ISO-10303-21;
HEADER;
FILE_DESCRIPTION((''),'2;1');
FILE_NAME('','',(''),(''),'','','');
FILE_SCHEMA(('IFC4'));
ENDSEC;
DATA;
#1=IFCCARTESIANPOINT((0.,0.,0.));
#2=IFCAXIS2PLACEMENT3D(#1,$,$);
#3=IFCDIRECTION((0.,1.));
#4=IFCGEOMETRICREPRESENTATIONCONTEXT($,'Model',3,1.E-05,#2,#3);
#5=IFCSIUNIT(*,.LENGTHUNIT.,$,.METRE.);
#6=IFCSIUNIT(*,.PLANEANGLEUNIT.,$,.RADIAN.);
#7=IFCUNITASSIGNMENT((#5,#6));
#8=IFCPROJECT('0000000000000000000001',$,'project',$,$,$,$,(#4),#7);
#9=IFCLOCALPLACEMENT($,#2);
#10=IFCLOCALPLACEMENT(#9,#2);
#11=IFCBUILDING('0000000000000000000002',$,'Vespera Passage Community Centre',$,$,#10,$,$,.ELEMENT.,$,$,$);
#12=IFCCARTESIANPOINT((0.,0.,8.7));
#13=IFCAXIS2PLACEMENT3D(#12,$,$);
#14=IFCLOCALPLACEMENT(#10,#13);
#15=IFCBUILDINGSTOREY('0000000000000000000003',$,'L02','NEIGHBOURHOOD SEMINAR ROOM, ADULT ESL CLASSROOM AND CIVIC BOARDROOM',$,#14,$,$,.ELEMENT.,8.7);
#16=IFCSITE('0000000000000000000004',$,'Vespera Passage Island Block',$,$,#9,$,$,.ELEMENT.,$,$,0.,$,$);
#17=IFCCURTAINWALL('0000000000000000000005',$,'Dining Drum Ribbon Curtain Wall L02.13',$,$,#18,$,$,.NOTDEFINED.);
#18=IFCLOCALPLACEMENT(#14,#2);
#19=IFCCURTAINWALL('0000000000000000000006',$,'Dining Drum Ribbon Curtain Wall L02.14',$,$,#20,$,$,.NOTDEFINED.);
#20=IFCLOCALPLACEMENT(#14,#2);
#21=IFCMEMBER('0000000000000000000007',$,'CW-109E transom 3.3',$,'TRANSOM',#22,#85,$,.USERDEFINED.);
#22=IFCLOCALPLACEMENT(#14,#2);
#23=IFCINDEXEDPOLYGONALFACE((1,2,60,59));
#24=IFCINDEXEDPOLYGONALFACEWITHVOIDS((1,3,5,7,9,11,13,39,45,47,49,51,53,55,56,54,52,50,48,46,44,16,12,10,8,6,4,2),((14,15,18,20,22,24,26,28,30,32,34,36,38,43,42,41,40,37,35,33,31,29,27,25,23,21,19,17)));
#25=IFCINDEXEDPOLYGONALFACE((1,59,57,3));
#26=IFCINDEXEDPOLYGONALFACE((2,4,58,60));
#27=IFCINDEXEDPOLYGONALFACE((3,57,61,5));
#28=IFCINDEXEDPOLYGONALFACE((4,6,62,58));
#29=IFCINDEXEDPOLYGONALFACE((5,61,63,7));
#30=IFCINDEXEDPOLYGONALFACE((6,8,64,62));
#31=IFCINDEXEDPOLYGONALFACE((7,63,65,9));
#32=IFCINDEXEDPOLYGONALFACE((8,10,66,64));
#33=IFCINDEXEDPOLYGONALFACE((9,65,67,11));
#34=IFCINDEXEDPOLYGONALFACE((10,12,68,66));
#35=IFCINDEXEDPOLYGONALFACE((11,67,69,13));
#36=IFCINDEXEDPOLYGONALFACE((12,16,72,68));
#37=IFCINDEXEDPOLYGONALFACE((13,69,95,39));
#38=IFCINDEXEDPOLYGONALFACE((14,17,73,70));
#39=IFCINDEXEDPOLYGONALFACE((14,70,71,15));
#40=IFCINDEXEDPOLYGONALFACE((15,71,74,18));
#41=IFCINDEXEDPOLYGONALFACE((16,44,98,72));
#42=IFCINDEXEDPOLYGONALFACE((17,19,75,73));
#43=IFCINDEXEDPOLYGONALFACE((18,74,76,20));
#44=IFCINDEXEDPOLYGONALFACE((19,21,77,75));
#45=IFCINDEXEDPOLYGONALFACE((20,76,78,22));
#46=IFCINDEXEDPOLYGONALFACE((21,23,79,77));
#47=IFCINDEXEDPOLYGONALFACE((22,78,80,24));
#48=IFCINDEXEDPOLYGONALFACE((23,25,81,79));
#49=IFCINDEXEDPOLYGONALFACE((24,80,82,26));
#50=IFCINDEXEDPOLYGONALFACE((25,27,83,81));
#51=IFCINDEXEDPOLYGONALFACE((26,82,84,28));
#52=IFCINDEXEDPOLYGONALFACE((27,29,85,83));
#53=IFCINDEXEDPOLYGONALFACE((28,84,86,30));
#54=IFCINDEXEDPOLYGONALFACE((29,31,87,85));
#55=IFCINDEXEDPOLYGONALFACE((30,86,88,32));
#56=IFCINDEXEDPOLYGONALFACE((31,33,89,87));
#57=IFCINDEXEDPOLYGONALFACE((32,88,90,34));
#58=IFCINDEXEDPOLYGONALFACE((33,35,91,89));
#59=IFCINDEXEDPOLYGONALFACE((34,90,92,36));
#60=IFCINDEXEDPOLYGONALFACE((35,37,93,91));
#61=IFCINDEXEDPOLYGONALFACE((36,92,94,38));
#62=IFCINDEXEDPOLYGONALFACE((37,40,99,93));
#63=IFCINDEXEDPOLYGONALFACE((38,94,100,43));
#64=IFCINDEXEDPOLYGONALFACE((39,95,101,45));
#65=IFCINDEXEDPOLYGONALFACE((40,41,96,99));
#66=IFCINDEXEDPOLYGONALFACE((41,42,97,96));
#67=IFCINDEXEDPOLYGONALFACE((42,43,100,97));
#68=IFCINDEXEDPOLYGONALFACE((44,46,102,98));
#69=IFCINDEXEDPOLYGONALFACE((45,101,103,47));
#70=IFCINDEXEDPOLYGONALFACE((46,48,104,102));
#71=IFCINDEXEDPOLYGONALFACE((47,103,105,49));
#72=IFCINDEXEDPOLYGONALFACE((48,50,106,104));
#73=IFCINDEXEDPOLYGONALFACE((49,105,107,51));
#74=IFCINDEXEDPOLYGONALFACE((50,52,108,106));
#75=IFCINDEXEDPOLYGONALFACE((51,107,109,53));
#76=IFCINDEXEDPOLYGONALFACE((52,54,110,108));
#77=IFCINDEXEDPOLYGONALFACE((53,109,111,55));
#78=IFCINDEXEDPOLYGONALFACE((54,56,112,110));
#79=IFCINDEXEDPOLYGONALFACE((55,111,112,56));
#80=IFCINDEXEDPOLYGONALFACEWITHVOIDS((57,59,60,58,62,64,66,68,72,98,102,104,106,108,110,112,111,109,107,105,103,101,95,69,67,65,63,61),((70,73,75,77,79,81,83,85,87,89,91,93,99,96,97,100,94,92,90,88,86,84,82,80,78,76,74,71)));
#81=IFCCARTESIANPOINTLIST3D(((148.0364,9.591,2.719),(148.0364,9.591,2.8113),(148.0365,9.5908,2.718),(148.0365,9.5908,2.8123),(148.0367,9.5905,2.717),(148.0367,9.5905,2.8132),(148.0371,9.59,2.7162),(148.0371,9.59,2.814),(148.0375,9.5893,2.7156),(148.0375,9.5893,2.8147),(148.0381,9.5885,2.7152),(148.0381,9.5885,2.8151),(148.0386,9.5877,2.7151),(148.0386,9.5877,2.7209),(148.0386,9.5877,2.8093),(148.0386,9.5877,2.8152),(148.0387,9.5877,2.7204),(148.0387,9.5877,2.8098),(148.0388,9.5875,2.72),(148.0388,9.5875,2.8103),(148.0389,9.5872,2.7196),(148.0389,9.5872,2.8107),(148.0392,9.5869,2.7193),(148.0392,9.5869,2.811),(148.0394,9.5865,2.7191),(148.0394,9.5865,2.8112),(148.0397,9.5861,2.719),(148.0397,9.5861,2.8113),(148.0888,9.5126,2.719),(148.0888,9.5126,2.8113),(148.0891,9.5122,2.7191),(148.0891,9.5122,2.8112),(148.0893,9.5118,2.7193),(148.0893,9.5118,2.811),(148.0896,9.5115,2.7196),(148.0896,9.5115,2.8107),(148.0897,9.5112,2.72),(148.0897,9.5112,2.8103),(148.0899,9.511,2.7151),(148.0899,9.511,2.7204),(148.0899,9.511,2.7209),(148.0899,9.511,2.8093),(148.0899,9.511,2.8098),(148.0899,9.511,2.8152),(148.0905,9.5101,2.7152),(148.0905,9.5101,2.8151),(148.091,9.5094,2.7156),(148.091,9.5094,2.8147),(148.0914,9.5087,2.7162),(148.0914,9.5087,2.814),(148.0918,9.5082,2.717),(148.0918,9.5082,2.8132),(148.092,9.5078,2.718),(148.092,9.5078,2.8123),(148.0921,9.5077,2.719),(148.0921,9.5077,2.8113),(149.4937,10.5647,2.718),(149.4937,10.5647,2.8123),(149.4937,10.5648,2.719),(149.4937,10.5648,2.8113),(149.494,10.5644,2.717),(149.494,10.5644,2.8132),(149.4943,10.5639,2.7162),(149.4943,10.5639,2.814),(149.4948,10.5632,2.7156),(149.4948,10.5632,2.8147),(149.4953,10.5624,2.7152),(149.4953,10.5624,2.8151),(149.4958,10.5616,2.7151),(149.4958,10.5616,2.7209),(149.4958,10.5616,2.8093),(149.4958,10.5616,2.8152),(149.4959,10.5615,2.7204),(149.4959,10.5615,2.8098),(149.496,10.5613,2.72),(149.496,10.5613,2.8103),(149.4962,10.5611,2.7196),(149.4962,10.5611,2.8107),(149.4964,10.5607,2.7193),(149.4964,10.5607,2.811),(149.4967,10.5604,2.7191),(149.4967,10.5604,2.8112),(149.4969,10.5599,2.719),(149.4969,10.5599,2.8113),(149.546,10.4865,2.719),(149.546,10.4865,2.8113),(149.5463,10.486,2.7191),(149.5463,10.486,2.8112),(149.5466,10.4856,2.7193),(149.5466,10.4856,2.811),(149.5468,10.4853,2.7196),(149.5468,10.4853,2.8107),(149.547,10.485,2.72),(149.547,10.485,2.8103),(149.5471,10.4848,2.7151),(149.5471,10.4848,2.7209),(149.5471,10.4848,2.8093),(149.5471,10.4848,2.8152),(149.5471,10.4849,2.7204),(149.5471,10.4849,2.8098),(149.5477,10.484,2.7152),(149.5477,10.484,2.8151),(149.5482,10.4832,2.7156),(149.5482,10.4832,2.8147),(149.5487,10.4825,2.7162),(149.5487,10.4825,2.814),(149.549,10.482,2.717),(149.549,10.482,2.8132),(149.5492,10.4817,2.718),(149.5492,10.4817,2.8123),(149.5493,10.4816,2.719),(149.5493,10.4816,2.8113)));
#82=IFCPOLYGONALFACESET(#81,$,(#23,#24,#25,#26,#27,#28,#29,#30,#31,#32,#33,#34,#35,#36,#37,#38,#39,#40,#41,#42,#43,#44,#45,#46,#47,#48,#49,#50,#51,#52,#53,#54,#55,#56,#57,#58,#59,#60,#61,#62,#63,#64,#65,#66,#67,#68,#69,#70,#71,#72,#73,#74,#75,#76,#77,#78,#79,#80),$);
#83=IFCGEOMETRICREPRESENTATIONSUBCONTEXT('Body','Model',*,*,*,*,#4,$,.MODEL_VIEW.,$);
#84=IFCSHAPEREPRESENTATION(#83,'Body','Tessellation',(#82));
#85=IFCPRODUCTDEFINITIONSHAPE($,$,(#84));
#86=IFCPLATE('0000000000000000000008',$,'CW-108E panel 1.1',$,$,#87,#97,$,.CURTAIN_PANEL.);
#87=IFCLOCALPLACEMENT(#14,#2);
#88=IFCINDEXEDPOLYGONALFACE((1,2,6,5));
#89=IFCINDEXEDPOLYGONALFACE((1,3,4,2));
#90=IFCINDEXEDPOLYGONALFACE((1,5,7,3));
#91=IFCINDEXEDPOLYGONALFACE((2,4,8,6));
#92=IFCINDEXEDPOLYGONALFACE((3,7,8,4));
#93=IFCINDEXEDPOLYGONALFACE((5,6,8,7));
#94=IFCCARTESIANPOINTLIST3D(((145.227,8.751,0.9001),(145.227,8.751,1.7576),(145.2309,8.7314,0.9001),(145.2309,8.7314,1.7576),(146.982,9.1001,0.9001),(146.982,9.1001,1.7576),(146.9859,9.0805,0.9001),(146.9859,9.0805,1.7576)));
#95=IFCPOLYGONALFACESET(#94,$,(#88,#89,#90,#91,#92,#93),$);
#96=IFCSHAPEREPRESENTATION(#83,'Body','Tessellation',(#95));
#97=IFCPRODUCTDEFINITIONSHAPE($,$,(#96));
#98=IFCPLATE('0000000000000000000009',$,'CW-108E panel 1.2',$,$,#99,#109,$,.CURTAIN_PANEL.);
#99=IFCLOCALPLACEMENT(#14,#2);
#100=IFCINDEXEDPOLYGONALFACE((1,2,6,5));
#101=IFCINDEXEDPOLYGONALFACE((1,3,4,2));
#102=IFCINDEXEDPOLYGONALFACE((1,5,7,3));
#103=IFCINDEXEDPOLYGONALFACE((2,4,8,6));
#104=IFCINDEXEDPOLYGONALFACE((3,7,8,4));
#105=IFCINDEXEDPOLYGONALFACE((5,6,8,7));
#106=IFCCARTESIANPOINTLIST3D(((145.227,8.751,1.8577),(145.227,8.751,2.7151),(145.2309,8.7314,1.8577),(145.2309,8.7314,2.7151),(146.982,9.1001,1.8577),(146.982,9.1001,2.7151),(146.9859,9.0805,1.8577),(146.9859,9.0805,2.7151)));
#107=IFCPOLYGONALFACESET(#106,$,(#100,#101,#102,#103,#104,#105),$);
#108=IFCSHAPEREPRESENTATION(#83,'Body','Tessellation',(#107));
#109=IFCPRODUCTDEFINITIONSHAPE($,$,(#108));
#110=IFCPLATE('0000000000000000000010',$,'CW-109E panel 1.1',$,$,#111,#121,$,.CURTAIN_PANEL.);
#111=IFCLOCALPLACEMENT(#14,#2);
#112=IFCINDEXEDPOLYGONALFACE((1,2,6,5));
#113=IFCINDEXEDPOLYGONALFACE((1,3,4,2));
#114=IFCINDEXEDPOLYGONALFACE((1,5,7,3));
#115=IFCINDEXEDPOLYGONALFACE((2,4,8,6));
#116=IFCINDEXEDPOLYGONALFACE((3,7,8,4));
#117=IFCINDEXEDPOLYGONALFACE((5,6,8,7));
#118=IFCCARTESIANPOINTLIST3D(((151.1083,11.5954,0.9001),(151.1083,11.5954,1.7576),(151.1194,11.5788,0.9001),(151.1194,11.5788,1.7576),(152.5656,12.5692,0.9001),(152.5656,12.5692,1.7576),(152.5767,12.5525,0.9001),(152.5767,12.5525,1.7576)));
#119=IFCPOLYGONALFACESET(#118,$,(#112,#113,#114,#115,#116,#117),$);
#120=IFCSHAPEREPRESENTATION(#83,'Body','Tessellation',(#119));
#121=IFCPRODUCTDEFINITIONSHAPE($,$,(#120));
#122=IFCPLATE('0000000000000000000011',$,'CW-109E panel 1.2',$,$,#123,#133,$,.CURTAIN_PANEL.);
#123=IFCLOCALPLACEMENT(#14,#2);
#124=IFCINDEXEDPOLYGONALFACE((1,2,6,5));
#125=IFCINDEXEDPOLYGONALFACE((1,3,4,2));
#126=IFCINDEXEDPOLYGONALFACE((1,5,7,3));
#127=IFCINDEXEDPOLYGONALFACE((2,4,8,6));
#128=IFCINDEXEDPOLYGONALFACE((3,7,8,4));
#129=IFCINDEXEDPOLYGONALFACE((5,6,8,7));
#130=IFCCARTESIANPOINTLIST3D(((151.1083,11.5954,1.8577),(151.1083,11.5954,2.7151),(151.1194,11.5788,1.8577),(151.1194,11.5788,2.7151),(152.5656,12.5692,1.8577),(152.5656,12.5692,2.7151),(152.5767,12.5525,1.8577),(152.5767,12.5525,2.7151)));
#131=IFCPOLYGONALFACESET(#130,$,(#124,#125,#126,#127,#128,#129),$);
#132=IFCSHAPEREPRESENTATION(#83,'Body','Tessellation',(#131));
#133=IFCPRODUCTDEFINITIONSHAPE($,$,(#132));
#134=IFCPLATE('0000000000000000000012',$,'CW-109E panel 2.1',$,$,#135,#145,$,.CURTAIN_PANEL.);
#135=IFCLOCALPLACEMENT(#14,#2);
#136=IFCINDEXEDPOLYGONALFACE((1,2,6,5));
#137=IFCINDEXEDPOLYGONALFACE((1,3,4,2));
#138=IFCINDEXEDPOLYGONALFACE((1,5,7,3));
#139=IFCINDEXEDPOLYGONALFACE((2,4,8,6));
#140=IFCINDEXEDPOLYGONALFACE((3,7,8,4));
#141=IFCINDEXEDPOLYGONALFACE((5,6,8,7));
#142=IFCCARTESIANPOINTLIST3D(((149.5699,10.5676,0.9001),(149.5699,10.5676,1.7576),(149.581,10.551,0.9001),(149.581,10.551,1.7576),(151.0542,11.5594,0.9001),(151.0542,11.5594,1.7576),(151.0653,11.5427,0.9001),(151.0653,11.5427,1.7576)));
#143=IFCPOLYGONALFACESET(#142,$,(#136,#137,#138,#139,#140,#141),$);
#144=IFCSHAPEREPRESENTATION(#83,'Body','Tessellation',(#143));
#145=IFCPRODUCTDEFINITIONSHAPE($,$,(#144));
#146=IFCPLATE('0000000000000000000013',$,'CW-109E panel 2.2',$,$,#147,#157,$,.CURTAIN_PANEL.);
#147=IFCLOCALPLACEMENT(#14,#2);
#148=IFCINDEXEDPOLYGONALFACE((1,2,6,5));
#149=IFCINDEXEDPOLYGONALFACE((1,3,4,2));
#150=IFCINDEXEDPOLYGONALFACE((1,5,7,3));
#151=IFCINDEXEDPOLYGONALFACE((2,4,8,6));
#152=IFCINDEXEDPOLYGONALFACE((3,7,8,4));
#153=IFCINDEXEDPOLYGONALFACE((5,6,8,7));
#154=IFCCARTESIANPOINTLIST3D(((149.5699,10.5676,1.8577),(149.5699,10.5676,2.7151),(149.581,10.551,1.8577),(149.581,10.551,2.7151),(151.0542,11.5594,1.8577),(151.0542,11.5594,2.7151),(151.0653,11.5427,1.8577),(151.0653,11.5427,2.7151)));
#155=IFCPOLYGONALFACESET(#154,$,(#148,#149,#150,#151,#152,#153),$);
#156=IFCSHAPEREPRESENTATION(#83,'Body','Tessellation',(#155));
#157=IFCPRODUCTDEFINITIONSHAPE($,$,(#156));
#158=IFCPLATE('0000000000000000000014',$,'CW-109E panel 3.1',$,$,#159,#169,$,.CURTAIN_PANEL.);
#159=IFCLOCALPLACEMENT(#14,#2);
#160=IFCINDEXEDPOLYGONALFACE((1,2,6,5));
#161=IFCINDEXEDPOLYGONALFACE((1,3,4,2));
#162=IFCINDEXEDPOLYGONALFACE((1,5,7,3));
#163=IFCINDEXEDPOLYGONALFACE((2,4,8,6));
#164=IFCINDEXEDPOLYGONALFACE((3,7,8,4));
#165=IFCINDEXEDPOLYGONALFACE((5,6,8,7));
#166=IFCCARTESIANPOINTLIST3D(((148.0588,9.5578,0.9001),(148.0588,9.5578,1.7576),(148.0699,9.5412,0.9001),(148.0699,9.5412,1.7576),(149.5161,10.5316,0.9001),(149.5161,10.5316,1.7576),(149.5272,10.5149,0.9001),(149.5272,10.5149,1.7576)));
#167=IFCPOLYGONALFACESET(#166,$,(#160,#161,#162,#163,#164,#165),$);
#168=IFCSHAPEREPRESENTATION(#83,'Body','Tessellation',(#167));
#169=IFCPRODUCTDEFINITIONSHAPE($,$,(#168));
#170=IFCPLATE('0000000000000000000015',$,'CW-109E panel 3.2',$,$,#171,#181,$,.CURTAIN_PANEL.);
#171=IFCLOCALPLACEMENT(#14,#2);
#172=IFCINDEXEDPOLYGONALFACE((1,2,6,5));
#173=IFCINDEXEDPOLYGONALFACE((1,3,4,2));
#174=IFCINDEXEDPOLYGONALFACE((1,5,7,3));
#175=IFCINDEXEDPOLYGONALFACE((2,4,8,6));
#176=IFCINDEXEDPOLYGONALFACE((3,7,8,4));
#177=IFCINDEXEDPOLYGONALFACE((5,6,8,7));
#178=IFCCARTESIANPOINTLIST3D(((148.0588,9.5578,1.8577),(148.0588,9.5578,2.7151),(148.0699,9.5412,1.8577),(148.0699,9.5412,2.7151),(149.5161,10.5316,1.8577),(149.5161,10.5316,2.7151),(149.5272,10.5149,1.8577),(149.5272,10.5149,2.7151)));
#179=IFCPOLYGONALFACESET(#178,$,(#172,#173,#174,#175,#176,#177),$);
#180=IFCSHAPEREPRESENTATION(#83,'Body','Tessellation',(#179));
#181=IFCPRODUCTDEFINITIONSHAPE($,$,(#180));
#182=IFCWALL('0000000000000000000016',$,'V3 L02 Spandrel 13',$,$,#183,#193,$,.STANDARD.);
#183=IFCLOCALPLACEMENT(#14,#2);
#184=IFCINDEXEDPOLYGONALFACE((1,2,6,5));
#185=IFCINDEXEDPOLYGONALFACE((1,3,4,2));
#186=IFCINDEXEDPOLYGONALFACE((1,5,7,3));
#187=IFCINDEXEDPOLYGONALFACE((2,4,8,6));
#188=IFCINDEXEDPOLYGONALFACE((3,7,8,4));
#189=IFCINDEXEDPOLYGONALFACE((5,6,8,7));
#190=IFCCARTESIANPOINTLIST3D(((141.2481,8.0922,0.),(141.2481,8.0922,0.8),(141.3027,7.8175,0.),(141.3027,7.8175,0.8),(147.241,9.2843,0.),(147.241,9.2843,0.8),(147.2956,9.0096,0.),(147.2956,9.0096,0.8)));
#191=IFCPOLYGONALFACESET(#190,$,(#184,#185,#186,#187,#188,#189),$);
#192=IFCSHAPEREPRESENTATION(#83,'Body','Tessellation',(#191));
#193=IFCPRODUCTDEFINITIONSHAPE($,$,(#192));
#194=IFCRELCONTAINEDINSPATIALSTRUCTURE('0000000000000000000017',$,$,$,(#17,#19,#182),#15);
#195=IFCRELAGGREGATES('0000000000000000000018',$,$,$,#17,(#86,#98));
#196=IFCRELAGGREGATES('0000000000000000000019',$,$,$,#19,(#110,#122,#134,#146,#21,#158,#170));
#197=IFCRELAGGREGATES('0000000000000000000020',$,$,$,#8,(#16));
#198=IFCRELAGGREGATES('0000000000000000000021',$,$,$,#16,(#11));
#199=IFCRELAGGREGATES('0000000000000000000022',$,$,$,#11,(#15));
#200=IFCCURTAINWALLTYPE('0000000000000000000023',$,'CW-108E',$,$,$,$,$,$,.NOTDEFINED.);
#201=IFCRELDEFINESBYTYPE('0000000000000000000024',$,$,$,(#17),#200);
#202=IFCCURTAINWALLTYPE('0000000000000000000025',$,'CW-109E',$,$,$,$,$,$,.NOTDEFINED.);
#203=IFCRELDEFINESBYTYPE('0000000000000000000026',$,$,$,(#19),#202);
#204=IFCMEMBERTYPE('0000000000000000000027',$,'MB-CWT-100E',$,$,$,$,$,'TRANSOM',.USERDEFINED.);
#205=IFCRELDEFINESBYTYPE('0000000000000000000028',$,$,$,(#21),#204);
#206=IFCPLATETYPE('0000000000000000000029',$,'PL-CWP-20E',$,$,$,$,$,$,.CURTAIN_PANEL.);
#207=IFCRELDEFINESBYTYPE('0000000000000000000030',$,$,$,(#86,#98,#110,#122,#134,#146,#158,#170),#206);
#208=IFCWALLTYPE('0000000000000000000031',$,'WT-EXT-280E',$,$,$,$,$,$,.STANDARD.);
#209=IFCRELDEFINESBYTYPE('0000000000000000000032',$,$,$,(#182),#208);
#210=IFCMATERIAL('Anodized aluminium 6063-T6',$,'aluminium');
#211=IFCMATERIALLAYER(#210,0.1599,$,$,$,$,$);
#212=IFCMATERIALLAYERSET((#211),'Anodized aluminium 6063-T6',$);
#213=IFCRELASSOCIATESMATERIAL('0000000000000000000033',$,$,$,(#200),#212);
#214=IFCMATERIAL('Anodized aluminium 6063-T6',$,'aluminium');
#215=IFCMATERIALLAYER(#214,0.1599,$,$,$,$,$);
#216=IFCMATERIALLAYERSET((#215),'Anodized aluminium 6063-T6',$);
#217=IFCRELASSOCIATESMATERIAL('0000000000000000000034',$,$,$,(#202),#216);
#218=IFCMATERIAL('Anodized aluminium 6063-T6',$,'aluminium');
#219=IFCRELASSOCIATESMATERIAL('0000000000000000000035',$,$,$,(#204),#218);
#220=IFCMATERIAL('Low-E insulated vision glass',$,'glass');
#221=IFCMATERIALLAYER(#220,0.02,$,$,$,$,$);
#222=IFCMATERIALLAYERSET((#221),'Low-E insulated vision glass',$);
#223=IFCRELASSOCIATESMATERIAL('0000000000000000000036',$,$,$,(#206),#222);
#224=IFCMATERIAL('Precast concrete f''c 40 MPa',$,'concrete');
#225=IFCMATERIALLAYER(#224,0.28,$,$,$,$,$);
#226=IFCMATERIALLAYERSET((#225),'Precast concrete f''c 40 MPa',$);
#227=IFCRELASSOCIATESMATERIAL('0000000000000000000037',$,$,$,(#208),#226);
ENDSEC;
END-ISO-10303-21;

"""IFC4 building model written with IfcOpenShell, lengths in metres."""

from ifc_helpers import new_model, si_unit, direction, frame, frame_2d, origin, origin_2d, place, context, subcontext, project, spatial, rectangle, hollow_rectangle, extrude, material, layer, layer_set, material_profile, profile_set, type_object, element, aggregate, save


model = new_model("IFC4")

# Units and contexts
model_context = context("Model", 3, precision=1e-05, world=origin(), true_north=direction((0.0, 1.0)))
body_context = subcontext(model_context, "Body", "Model", "MODEL_VIEW")
ifc_project = project(units=[si_unit("LENGTHUNIT", "METRE"), si_unit("PLANEANGLEUNIT", "RADIAN")], contexts=[model_context])

# Site, building, storey
site_placement = place(None, origin())
site = spatial("IfcSite", under=ifc_project, at=site_placement, Name="Vespera Passage Island Block", CompositionType="ELEMENT", RefElevation=0.0)
building_placement = place(site_placement, origin())
building = spatial("IfcBuilding", under=site, at=building_placement, Name="Vespera Passage Community Centre", CompositionType="ELEMENT")
storey_placement = place(building_placement, frame((0.0, 0.0, 8.7)))
storey = spatial("IfcBuildingStorey", under=building, at=storey_placement, Name="L02", Description="NEIGHBOURHOOD SEMINAR ROOM, ADULT ESL CLASSROOM AND CIVIC BOARDROOM", CompositionType="ELEMENT", Elevation=8.7)

# Curtain walls
ifc_material_1 = material(Name="Anodized aluminium 6063-T6", Category="aluminium")
ifc_layer_1 = layer(ifc_material_1, 0.1599)
ifc_layer_set_1 = layer_set([ifc_layer_1], Name="Anodized aluminium 6063-T6")
curtain_wall_type_1 = type_object("IfcCurtainWallType", Name="CW-108E", PredefinedType="NOTDEFINED", material=ifc_layer_set_1)
curtain_wall_1_placement = place(storey_placement, origin())
curtain_wall_1 = element("IfcCurtainWall", 1, at=curtain_wall_1_placement, inside=storey, type_object=curtain_wall_type_1, Name="Dining Drum Ribbon Curtain Wall L02.13", PredefinedType="NOTDEFINED")
ifc_material_2 = material(Name="Anodized aluminium 6063-T6", Category="aluminium")
ifc_layer_2 = layer(ifc_material_2, 0.1599)
ifc_layer_set_2 = layer_set([ifc_layer_2], Name="Anodized aluminium 6063-T6")
curtain_wall_type_2 = type_object("IfcCurtainWallType", Name="CW-109E", PredefinedType="NOTDEFINED", material=ifc_layer_set_2)
curtain_wall_2_placement = place(storey_placement, origin())
curtain_wall_2 = element("IfcCurtainWall", 2, at=curtain_wall_2_placement, inside=storey, type_object=curtain_wall_type_2, Name="Dining Drum Ribbon Curtain Wall L02.14", PredefinedType="NOTDEFINED")

# Member
ifc_material_3 = material(Name="Anodized aluminium 6063-T6", Category="aluminium")
ifc_material_profile_1 = material_profile(ifc_material_3, hollow_rectangle(XDim=0.1001, YDim=0.1001, WallThickness=0.0039, InnerFilletRadius=0.002, OuterFilletRadius=0.0039, at=origin_2d()), Name="ALU100X100X4")
ifc_profile_set_1 = profile_set([ifc_material_profile_1], Name="Anodized aluminium 6063-T6")
member_type_1 = type_object("IfcMemberType", Name="MB-CWT-100E", ElementType="TRANSOM", PredefinedType="USERDEFINED", material=ifc_profile_set_1)
member_1_placement = place(storey_placement, frame((149.5215, 10.5232, 2.7651), z_axis=(-0.831428, -0.555632, 0.0), x_axis=(0.555632, -0.831428, 0.0)))
member_1 = element("IfcMember", 3, at=member_1_placement, type_object=member_type_1, Name="CW-109E transom 3.3", ObjectType="TRANSOM", PredefinedType="USERDEFINED", context=body_context, shape_type="SweptSolid", body=[
    extrude(hollow_rectangle(XDim=0.1001, YDim=0.1001, WallThickness=0.0039, InnerFilletRadius=0.002, OuterFilletRadius=0.0039, at=origin_2d()), origin(), (0.0, 0.0, 1.0), 1.7527),
])

# Plates
ifc_material_4 = material(Name="Low-E insulated vision glass", Category="glass")
ifc_layer_3 = layer(ifc_material_4, 0.02)
ifc_layer_set_3 = layer_set([ifc_layer_3], Name="Low-E insulated vision glass")
plate_type = type_object("IfcPlateType", Name="PL-CWP-20E", PredefinedType="CURTAIN_PANEL", material=ifc_layer_set_3)
plate_1_placement = place(storey_placement, frame((146.1064, 8.9158, 0.9001), z_axis=(0.0, 0.0, 1.0), x_axis=(-0.980784, -0.195097, 0.0)))
plate_1 = element("IfcPlate", 4, at=plate_1_placement, type_object=plate_type, Name="CW-108E panel 1.1", PredefinedType="CURTAIN_PANEL", context=body_context, shape_type="SweptSolid", body=[
    extrude(rectangle(XDim=1.7893, YDim=0.02, at=origin_2d()), origin(), (0.0, 0.0, 1.0), 0.8574),
])
plate_2_placement = place(storey_placement, frame((146.1064, 8.9158, 1.8577), z_axis=(0.0, 0.0, 1.0), x_axis=(-0.980784, -0.195097, 0.0)))
plate_2 = element("IfcPlate", 5, at=plate_2_placement, type_object=plate_type, Name="CW-108E panel 1.2", PredefinedType="CURTAIN_PANEL", context=body_context, shape_type="SweptSolid", body=[
    extrude(rectangle(XDim=1.7893, YDim=0.02, at=origin_2d()), origin(), (0.0, 0.0, 1.0), 0.8574),
])
aggregate(curtain_wall_1, [plate_1, plate_2])
plate_3_placement = place(storey_placement, frame((151.8425, 12.074, 0.9001), z_axis=(0.0, 0.0, 1.0), x_axis=(-0.831473, -0.555565, 0.0)))
plate_3 = element("IfcPlate", 6, at=plate_3_placement, type_object=plate_type, Name="CW-109E panel 1.1", PredefinedType="CURTAIN_PANEL", context=body_context, shape_type="SweptSolid", body=[
    extrude(rectangle(XDim=1.7527, YDim=0.02, at=origin_2d()), origin(), (0.0, 0.0, 1.0), 0.8574),
])
plate_4_placement = place(storey_placement, frame((151.8425, 12.074, 1.8577), z_axis=(0.0, 0.0, 1.0), x_axis=(-0.831473, -0.555565, 0.0)))
plate_4 = element("IfcPlate", 7, at=plate_4_placement, type_object=plate_type, Name="CW-109E panel 1.2", PredefinedType="CURTAIN_PANEL", context=body_context, shape_type="SweptSolid", body=[
    extrude(rectangle(XDim=1.7527, YDim=0.02, at=origin_2d()), origin(), (0.0, 0.0, 1.0), 0.8574),
])
plate_5_placement = place(storey_placement, frame((150.3176, 11.0552, 0.9001), z_axis=(0.0, 0.0, 1.0), x_axis=(-0.831473, -0.555565, 0.0)))
plate_5 = element("IfcPlate", 8, at=plate_5_placement, type_object=plate_type, Name="CW-109E panel 2.1", PredefinedType="CURTAIN_PANEL", context=body_context, shape_type="SweptSolid", body=[
    extrude(rectangle(XDim=1.7852, YDim=0.02, at=origin_2d()), origin(), (0.0, 0.0, 1.0), 0.8574),
])
plate_6_placement = place(storey_placement, frame((150.3176, 11.0552, 1.8577), z_axis=(0.0, 0.0, 1.0), x_axis=(-0.831473, -0.555565, 0.0)))
plate_6 = element("IfcPlate", 9, at=plate_6_placement, type_object=plate_type, Name="CW-109E panel 2.2", PredefinedType="CURTAIN_PANEL", context=body_context, shape_type="SweptSolid", body=[
    extrude(rectangle(XDim=1.7852, YDim=0.02, at=origin_2d()), origin(), (0.0, 0.0, 1.0), 0.8574),
])
plate_7_placement = place(storey_placement, frame((148.793, 10.0364, 0.9001), z_axis=(0.0, 0.0, 1.0), x_axis=(-0.831473, -0.555565, 0.0)))
plate_7 = element("IfcPlate", 10, at=plate_7_placement, type_object=plate_type, Name="CW-109E panel 3.1", PredefinedType="CURTAIN_PANEL", context=body_context, shape_type="SweptSolid", body=[
    extrude(rectangle(XDim=1.7527, YDim=0.02, at=origin_2d()), origin(), (0.0, 0.0, 1.0), 0.8574),
])
plate_8_placement = place(storey_placement, frame((148.793, 10.0364, 1.8577), z_axis=(0.0, 0.0, 1.0), x_axis=(-0.831473, -0.555565, 0.0)))
plate_8 = element("IfcPlate", 11, at=plate_8_placement, type_object=plate_type, Name="CW-109E panel 3.2", PredefinedType="CURTAIN_PANEL", context=body_context, shape_type="SweptSolid", body=[
    extrude(rectangle(XDim=1.7527, YDim=0.02, at=origin_2d()), origin(), (0.0, 0.0, 1.0), 0.8574),
])
aggregate(curtain_wall_2, [plate_3, plate_4, plate_5, plate_6, member_1, plate_7, plate_8])

# Wall
ifc_material_5 = material(Name="Precast concrete f'c 40 MPa", Category="concrete")
ifc_layer_4 = layer(ifc_material_5, 0.28)
ifc_layer_set_4 = layer_set([ifc_layer_4], Name="Precast concrete f'c 40 MPa")
wall_type = type_object("IfcWallType", Name="WT-EXT-280E", PredefinedType="STANDARD", material=ifc_layer_set_4)
wall_1_placement = place(storey_placement, frame((147.2683, 9.147, 0.0), z_axis=(0.0, 0.0, 1.0), x_axis=(-0.980783, -0.195102, 0.0)))
element("IfcWall", 12, at=wall_1_placement, inside=storey, type_object=wall_type, Name="V3 L02 Spandrel 13", PredefinedType="STANDARD", context=body_context, shape_type="SweptSolid", body=[
    extrude(rectangle(XDim=6.1104, YDim=0.28, at=frame_2d((3.0552, 0.0))), origin(), (0.0, 0.0, 1.0), 0.8),
])

save(model, "model.ifc")
